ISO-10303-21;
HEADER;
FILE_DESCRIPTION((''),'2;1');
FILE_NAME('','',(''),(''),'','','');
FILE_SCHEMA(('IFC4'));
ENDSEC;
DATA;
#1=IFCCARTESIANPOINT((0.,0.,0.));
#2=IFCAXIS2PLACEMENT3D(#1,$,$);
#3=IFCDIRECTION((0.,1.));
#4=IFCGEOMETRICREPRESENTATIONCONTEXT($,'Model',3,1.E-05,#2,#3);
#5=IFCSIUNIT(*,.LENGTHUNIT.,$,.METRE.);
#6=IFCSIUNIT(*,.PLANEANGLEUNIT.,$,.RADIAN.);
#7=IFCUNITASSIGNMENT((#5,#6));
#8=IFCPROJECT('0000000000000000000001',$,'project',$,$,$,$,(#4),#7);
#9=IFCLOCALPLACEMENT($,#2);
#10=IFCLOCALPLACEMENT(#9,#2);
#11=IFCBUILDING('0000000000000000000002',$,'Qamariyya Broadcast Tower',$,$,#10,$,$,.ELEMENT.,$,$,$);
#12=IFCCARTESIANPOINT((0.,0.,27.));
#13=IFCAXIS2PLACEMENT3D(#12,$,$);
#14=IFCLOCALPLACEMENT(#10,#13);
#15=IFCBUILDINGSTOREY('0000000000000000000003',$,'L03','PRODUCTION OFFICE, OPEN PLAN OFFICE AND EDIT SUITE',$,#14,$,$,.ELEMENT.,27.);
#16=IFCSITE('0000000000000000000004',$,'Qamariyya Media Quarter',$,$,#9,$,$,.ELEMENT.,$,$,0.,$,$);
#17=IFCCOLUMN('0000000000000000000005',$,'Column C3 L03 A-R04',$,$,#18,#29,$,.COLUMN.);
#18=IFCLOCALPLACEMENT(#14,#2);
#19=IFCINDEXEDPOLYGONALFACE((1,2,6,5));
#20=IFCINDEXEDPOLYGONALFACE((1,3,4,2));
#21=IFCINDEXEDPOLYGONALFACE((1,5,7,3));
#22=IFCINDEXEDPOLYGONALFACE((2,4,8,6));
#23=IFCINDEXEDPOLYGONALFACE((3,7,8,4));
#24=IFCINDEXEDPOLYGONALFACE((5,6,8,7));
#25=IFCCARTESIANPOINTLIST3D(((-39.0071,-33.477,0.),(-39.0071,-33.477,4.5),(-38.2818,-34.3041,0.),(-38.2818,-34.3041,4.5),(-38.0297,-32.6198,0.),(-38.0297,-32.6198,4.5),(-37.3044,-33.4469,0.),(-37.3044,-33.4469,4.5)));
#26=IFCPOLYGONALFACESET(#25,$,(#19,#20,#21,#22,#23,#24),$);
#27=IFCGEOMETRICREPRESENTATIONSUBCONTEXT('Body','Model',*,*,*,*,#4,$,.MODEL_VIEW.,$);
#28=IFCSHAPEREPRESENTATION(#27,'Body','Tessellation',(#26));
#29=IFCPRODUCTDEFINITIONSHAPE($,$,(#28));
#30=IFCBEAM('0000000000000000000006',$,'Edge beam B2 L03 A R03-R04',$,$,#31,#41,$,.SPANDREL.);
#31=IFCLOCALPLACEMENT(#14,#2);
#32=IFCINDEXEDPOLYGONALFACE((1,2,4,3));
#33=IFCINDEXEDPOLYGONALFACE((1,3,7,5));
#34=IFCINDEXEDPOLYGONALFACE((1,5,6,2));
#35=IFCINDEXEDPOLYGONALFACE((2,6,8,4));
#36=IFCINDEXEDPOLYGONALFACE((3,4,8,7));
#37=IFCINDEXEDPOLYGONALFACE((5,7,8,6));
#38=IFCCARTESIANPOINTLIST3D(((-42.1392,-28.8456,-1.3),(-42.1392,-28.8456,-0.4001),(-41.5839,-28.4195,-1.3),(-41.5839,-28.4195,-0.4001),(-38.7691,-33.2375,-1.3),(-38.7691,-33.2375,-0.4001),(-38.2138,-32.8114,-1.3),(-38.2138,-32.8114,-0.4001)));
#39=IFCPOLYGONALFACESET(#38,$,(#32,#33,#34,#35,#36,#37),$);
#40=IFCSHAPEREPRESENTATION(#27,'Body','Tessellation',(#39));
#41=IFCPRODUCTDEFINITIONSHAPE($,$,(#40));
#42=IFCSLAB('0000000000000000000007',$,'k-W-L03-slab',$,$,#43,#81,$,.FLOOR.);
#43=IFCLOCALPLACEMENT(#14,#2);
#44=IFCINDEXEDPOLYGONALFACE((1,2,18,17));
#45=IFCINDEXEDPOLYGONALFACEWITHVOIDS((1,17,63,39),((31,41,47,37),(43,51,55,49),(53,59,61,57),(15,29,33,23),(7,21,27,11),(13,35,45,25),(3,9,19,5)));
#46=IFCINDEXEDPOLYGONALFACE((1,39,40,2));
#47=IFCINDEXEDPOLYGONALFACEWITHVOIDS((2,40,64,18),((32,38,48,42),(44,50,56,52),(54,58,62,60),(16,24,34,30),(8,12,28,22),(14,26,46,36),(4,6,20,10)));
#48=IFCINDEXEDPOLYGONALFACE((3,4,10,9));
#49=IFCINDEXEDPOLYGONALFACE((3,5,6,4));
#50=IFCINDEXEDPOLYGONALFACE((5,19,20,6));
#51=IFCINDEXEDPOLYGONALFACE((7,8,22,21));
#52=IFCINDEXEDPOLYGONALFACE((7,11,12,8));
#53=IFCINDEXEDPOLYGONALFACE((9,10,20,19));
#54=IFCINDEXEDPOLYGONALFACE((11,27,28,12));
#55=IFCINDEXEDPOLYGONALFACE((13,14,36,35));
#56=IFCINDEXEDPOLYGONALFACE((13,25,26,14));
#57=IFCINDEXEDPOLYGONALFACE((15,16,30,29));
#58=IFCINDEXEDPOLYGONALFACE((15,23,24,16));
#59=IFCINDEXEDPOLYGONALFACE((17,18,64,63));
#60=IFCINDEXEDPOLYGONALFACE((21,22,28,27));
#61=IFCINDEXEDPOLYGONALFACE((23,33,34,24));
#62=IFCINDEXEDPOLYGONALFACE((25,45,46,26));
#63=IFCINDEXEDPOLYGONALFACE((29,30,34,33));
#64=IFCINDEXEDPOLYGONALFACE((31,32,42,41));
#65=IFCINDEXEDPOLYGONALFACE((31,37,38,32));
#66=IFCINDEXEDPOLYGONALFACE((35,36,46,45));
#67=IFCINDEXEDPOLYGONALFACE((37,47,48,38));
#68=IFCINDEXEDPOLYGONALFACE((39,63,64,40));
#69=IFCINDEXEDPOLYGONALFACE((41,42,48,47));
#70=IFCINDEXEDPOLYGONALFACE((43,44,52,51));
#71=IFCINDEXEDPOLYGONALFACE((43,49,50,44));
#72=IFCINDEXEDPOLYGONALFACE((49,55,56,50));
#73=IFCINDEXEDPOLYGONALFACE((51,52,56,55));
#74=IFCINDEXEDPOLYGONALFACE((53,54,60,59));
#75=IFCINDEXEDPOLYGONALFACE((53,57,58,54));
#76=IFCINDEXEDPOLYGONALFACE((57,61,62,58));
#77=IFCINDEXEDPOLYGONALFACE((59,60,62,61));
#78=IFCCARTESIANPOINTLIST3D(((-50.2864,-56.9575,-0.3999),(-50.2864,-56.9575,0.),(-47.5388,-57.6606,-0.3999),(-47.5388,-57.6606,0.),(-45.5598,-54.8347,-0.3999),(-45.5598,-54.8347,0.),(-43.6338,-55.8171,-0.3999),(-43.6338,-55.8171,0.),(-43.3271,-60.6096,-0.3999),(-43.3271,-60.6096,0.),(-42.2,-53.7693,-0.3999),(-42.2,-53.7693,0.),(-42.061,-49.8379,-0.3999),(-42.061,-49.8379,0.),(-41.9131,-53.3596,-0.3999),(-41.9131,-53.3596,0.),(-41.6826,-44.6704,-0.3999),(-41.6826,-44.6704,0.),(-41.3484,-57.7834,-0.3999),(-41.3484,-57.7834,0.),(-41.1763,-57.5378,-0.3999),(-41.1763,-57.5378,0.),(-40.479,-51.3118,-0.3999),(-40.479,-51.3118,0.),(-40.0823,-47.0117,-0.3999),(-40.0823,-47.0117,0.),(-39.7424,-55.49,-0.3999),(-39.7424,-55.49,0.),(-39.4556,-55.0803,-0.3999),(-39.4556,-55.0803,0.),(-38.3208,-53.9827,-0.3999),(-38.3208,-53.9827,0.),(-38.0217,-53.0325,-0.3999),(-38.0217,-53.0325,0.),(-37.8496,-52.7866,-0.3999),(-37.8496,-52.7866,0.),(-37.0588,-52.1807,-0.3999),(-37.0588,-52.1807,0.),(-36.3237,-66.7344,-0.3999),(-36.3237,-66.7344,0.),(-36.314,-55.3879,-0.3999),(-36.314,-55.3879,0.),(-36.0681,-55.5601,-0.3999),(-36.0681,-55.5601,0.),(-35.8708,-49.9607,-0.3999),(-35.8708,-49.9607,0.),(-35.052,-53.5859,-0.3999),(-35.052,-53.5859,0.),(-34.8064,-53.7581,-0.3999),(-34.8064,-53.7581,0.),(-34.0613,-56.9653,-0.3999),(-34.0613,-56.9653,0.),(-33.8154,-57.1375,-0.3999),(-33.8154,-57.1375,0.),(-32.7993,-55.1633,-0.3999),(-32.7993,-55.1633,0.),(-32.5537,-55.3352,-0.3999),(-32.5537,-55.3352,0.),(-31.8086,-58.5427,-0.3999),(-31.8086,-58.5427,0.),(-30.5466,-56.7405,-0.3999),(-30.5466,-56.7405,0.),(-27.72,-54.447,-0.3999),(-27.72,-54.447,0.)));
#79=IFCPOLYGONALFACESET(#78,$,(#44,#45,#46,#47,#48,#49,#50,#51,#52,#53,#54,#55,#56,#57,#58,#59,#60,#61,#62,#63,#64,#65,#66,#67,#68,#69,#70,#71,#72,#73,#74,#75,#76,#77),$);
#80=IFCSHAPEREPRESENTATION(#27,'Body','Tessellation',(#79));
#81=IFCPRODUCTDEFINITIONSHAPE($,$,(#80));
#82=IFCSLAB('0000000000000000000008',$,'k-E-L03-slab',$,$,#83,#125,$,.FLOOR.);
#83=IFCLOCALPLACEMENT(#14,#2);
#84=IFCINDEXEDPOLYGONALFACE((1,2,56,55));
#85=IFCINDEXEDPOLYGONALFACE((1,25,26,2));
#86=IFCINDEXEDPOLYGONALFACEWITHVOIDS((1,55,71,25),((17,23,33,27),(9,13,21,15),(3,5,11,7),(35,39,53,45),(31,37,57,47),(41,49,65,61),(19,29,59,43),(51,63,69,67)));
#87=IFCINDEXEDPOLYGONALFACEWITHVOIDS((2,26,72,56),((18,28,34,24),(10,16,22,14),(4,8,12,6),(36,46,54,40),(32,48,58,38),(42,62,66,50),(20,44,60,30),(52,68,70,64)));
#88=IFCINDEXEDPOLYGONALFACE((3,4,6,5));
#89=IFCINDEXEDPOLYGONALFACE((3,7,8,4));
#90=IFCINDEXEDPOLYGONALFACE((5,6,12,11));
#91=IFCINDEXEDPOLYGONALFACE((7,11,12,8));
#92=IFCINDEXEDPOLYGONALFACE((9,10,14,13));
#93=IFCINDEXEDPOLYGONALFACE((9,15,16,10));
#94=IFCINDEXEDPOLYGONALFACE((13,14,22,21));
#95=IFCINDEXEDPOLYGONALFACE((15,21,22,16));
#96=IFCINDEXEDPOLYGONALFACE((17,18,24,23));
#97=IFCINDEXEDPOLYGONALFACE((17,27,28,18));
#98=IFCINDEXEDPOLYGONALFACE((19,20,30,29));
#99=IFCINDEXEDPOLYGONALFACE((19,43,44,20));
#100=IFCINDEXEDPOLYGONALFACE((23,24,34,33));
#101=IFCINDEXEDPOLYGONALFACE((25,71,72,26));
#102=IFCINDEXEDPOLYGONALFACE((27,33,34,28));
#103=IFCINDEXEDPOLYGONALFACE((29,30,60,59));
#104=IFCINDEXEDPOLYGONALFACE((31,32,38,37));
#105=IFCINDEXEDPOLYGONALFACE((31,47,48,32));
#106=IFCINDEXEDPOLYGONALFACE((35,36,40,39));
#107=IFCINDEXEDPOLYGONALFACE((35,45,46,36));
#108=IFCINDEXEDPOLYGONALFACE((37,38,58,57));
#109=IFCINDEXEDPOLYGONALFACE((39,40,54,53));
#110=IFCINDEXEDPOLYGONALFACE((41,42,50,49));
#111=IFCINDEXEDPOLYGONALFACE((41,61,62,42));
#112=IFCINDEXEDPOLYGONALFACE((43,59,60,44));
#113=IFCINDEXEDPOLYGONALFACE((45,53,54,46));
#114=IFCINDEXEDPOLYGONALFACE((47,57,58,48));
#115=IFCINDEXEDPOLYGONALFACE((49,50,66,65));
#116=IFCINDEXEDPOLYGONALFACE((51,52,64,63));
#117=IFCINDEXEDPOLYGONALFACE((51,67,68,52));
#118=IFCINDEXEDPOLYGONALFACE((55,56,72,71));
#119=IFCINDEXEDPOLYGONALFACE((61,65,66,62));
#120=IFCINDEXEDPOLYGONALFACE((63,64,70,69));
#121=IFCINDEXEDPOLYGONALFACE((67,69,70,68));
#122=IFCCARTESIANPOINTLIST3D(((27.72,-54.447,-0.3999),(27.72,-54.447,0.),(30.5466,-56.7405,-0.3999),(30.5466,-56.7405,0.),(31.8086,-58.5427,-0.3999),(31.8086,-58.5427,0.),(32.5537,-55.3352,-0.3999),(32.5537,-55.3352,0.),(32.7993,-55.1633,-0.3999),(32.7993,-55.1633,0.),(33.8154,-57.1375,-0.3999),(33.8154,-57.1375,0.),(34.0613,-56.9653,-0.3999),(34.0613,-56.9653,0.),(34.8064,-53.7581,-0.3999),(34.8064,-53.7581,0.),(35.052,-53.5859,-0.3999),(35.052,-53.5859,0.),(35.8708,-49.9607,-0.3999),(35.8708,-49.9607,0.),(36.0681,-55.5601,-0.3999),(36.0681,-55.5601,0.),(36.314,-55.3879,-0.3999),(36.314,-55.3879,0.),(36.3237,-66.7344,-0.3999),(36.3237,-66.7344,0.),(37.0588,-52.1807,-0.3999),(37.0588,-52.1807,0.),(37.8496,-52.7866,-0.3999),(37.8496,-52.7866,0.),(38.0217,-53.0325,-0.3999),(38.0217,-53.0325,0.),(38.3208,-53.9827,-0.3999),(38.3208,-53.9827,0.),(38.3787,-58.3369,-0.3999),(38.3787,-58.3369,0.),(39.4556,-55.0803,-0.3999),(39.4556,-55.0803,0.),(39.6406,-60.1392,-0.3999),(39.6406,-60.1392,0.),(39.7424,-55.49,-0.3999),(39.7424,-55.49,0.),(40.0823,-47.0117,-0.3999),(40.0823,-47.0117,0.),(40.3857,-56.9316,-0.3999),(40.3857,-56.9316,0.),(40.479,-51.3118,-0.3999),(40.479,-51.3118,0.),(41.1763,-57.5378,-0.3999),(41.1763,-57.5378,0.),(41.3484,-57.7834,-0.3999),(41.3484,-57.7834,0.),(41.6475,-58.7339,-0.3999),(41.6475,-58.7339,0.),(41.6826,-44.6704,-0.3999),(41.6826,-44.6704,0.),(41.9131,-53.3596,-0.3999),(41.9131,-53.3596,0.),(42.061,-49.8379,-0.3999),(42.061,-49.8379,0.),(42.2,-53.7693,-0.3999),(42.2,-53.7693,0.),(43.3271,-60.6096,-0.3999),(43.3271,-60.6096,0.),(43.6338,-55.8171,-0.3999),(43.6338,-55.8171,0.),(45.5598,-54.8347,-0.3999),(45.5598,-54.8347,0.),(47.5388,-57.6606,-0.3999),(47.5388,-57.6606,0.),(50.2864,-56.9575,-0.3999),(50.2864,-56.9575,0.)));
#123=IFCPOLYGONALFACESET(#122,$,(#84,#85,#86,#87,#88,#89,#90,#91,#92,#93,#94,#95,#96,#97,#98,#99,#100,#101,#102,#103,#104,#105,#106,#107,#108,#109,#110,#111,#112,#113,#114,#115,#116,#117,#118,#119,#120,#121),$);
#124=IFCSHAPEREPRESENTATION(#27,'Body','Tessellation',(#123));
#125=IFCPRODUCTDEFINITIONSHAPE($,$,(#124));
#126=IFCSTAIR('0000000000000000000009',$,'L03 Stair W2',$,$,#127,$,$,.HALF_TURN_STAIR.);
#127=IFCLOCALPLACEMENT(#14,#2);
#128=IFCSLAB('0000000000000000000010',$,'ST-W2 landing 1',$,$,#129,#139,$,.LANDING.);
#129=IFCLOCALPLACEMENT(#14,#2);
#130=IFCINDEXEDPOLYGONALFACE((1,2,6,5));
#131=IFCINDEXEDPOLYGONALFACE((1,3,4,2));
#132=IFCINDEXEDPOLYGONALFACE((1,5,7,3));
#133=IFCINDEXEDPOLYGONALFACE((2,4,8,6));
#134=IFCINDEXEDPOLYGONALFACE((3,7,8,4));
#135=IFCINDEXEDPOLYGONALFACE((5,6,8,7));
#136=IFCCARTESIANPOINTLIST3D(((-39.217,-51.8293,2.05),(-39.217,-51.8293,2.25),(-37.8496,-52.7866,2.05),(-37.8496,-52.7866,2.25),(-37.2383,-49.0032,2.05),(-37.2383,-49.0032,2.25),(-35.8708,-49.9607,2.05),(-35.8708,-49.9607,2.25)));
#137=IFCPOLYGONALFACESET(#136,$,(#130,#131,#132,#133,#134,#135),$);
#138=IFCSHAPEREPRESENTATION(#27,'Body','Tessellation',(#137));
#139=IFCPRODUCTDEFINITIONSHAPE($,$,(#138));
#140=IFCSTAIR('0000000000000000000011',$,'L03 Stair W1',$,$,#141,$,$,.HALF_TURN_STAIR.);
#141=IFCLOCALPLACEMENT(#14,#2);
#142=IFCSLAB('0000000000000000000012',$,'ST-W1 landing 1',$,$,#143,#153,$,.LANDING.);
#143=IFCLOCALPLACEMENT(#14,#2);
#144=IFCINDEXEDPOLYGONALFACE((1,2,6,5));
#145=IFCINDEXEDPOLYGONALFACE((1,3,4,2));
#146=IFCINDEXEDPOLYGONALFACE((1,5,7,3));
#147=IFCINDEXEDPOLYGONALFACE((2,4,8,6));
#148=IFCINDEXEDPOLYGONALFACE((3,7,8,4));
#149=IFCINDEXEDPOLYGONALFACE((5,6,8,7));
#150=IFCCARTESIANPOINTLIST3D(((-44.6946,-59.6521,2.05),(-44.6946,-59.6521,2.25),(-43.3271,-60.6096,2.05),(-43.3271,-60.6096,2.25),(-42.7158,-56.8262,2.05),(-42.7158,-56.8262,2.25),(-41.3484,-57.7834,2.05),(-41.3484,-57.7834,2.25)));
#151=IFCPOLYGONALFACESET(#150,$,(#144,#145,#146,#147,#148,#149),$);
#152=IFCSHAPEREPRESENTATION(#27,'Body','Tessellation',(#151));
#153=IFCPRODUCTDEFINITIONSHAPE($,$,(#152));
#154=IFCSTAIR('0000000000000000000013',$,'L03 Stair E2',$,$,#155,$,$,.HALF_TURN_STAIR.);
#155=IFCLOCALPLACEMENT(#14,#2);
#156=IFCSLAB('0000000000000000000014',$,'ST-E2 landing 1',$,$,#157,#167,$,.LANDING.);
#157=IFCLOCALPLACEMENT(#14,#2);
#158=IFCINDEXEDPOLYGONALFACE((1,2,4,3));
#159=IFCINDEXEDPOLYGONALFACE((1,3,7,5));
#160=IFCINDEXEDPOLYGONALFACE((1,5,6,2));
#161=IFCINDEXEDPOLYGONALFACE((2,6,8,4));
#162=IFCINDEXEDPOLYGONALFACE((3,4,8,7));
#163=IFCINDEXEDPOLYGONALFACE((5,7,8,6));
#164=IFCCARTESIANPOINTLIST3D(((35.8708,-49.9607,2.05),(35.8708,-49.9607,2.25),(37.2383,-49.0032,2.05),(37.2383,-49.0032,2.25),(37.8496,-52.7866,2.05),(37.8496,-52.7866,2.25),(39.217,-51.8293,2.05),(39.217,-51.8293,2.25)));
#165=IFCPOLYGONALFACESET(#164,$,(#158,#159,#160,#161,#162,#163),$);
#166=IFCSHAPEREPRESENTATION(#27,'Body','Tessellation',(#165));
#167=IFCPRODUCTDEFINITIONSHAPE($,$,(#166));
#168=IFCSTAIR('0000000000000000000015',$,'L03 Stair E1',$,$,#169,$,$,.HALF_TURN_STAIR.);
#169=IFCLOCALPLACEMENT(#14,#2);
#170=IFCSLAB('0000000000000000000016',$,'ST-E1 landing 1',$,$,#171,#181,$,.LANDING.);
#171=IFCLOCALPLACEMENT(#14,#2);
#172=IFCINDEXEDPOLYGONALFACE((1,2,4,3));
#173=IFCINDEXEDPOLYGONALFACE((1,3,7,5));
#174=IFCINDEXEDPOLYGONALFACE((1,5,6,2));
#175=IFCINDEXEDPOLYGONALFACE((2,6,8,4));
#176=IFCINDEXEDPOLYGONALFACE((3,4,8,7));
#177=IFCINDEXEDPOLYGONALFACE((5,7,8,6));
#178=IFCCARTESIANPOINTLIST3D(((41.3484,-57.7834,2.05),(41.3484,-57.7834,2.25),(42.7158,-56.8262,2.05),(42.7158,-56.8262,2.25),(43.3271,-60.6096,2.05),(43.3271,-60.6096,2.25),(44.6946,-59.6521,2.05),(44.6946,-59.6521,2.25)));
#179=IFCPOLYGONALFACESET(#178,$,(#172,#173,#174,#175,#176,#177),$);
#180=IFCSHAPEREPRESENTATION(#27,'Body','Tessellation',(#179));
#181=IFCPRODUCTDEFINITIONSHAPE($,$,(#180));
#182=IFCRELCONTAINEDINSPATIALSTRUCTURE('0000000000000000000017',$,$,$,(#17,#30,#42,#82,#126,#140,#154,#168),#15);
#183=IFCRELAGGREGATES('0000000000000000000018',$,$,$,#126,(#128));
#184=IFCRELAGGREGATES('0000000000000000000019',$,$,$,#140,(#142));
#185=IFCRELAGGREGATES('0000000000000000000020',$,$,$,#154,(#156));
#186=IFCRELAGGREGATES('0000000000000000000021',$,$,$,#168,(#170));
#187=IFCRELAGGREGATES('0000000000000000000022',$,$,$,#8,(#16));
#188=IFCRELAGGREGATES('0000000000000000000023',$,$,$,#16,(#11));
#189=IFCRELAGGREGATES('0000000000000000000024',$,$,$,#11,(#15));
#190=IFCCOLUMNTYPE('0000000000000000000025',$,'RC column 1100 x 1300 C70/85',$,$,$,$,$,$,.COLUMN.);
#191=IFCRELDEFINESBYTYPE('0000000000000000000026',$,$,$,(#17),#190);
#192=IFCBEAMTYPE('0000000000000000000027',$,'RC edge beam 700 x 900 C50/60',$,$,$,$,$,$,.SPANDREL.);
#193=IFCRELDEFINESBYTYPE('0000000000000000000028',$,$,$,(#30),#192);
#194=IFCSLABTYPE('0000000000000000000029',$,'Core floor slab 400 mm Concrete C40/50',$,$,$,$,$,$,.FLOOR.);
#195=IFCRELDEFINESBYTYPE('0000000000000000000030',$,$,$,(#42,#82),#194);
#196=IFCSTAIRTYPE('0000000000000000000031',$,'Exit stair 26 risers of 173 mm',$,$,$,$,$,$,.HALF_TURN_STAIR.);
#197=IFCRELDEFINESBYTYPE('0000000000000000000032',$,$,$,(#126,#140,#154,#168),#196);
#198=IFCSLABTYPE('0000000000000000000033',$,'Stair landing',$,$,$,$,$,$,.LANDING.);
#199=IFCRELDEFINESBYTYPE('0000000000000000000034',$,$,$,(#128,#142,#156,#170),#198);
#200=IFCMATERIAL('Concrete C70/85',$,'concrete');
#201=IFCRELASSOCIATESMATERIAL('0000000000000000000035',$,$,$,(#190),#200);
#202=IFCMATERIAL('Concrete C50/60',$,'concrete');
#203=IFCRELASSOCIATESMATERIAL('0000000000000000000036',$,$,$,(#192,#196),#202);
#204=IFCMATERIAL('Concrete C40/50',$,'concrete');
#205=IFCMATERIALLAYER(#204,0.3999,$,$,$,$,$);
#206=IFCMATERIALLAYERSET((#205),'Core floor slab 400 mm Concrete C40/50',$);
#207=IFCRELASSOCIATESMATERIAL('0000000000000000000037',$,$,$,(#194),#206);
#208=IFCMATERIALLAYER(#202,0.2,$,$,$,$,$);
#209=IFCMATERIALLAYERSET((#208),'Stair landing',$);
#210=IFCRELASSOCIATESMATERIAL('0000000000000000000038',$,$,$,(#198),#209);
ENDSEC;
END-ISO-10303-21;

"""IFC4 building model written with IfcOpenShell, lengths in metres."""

from ifc_helpers import new_model, si_unit, direction, frame, origin, origin_2d, place, context, subcontext, project, spatial, polyline, rectangle, outline, extrude, material, layer, layer_set, material_profile, profile_set, type_object, element, aggregate, save


model = new_model("IFC4")

# Units and contexts
model_context = context("Model", 3, precision=1e-05, world=origin(), true_north=direction((0.0, 1.0)))
body_context = subcontext(model_context, "Body", "Model", "MODEL_VIEW")
ifc_project = project(units=[si_unit("LENGTHUNIT", "METRE"), si_unit("PLANEANGLEUNIT", "RADIAN")], contexts=[model_context])

# Site, building, storey
site_placement = place(None, origin())
site = spatial("IfcSite", under=ifc_project, at=site_placement, Name="Qamariyya Media Quarter", CompositionType="ELEMENT", RefElevation=0.0)
building_placement = place(site_placement, origin())
building = spatial("IfcBuilding", under=site, at=building_placement, Name="Qamariyya Broadcast Tower", CompositionType="ELEMENT")
storey_placement = place(building_placement, frame((0.0, 0.0, 27.0)))
storey = spatial("IfcBuildingStorey", under=building, at=storey_placement, Name="L03", Description="PRODUCTION OFFICE, OPEN PLAN OFFICE AND EDIT SUITE", CompositionType="ELEMENT", Elevation=27.0)

# Column
ifc_material_1 = material(Name="Concrete C70/85", Category="concrete")
ifc_material_profile_1 = material_profile(ifc_material_1, rectangle(XDim=1.1001, YDim=1.3, at=origin_2d()))
ifc_profile_set_1 = profile_set([ifc_material_profile_1], Name="Concrete C70/85")
column_type = type_object("IfcColumnType", Name="RC column 1100 x 1300 C70/85", PredefinedType="COLUMN", material=ifc_profile_set_1)
column_placement = place(storey_placement, frame((-38.1558, -33.4619, 0.0), z_axis=(0.0, 0.0, 1.0), x_axis=(0.659346, -0.75184, 0.0)))
element("IfcColumn", 1, at=column_placement, inside=storey, type_object=column_type, Name="Column C3 L03 A-R04", PredefinedType="COLUMN", context=body_context, shape_type="SweptSolid", body=[
    extrude(rectangle(XDim=1.1001, YDim=1.3, at=origin_2d()), origin(), (0.0, 0.0, 1.0), 4.5),
])

# Beam
ifc_material_2 = material(Name="Concrete C50/60", Category="concrete")
ifc_material_profile_2 = material_profile(ifc_material_2, rectangle(XDim=0.7, YDim=0.8999, at=origin_2d()))
ifc_profile_set_2 = profile_set([ifc_material_profile_2], Name="Concrete C50/60")
beam_type = type_object("IfcBeamType", Name="RC edge beam 700 x 900 C50/60", PredefinedType="SPANDREL", material=ifc_profile_set_2)
beam_placement = place(storey_placement, frame((-41.8616, -28.6326, -0.8501), z_axis=(0.608777, -0.793342, 0.0), x_axis=(0.793342, 0.608777, 0.0)))
element("IfcBeam", 2, at=beam_placement, inside=storey, type_object=beam_type, Name="Edge beam B2 L03 A R03-R04", PredefinedType="SPANDREL", context=body_context, shape_type="SweptSolid", body=[
    extrude(rectangle(XDim=0.7, YDim=0.8999, at=origin_2d()), origin(), (0.0, 0.0, 1.0), 5.5359),
])

# Slabs
ifc_material_3 = material(Name="Concrete C40/50", Category="concrete")
ifc_layer_1 = layer(ifc_material_3, 0.3999)
ifc_layer_set_1 = layer_set([ifc_layer_1], Name="Core floor slab 400 mm Concrete C40/50")
slab_type_1 = type_object("IfcSlabType", Name="Core floor slab 400 mm Concrete C40/50", PredefinedType="FLOOR", material=ifc_layer_set_1)
slab_1_placement = place(storey_placement, frame((0.0, 0.0, -0.3999)))
element("IfcSlab", 3, at=slab_1_placement, inside=storey, type_object=slab_type_1, Name="k-W-L03-slab", PredefinedType="FLOOR", context=body_context, shape_type="SweptSolid", body=[
    extrude(outline(polyline([(-50.2864, -56.9575), (-36.3237, -66.7344), (-27.72, -54.447), (-41.6826, -44.6704), (-50.2864, -56.9575)]), holes=[polyline([(-31.8086, -58.5427), (-33.8154, -57.1375), (-32.5537, -55.3352), (-30.5466, -56.7405), (-31.8086, -58.5427)]), polyline([(-34.0613, -56.9653), (-36.0681, -55.5601), (-34.8064, -53.7581), (-32.7993, -55.1633), (-34.0613, -56.9653)]), polyline([(-36.314, -55.3879), (-38.3208, -53.9827), (-37.0588, -52.1807), (-35.052, -53.5859), (-36.314, -55.3879)]), polyline([(-39.7424, -55.49), (-42.2, -53.7693), (-43.6338, -55.8171), (-41.1763, -57.5378), (-39.7424, -55.49)]), polyline([(-39.4556, -55.0803), (-41.9131, -53.3596), (-40.479, -51.3118), (-38.0217, -53.0325), (-39.4556, -55.0803)]), polyline([(-42.061, -49.8379), (-37.8496, -52.7866), (-35.8708, -49.9607), (-40.0823, -47.0117), (-42.061, -49.8379)]), polyline([(-47.5388, -57.6606), (-43.3271, -60.6096), (-41.3484, -57.7834), (-45.5598, -54.8347), (-47.5388, -57.6606)])]), origin(), (0.0, 0.0, 1.0), 0.3999),
])
slab_2_placement = place(storey_placement, frame((0.0, 0.0, -0.3999)))
element("IfcSlab", 4, at=slab_2_placement, inside=storey, type_object=slab_type_1, Name="k-E-L03-slab", PredefinedType="FLOOR", context=body_context, shape_type="SweptSolid", body=[
    extrude(outline(polyline([(36.3237, -66.7344), (50.2864, -56.9575), (41.6826, -44.6704), (27.72, -54.447), (36.3237, -66.7344)]), holes=[polyline([(31.8086, -58.5427), (33.8154, -57.1375), (32.5537, -55.3352), (30.5466, -56.7405), (31.8086, -58.5427)]), polyline([(34.0613, -56.9653), (36.0681, -55.5601), (34.8064, -53.7581), (32.7993, -55.1633), (34.0613, -56.9653)]), polyline([(36.314, -55.3879), (38.3208, -53.9827), (37.0588, -52.1807), (35.052, -53.5859), (36.314, -55.3879)]), polyline([(38.3787, -58.3369), (40.3857, -56.9316), (41.6475, -58.7339), (39.6406, -60.1392), (38.3787, -58.3369)]), polyline([(39.7424, -55.49), (42.2, -53.7693), (43.6338, -55.8171), (41.1763, -57.5378), (39.7424, -55.49)]), polyline([(39.4556, -55.0803), (41.9131, -53.3596), (40.479, -51.3118), (38.0217, -53.0325), (39.4556, -55.0803)]), polyline([(40.0823, -47.0117), (35.8708, -49.9607), (37.8496, -52.7866), (42.061, -49.8379), (40.0823, -47.0117)]), polyline([(45.5598, -54.8347), (41.3484, -57.7834), (43.3271, -60.6096), (47.5388, -57.6606), (45.5598, -54.8347)])]), origin(), (0.0, 0.0, 1.0), 0.3999),
])

# Stairs, slabs
stair_type = type_object("IfcStairType", Name="Exit stair 26 risers of 173 mm", PredefinedType="HALF_TURN_STAIR", material=ifc_material_2)
stair_1_placement = place(storey_placement, origin())
stair_1 = element("IfcStair", 5, at=stair_1_placement, inside=storey, type_object=stair_type, Name="L03 Stair W2", PredefinedType="HALF_TURN_STAIR")
ifc_layer_2 = layer(ifc_material_2, 0.2)
ifc_layer_set_2 = layer_set([ifc_layer_2], Name="Stair landing")
slab_type_2 = type_object("IfcSlabType", Name="Stair landing", PredefinedType="LANDING", material=ifc_layer_set_2)
slab_3_placement = place(storey_placement, frame((0.0, 0.0, 2.05)))
slab_3 = element("IfcSlab", 6, at=slab_3_placement, type_object=slab_type_2, Name="ST-W2 landing 1", PredefinedType="LANDING", context=body_context, shape_type="SweptSolid", body=[
    extrude(outline(polyline([(-39.217, -51.8293), (-37.8496, -52.7866), (-35.8708, -49.9607), (-37.2383, -49.0032), (-39.217, -51.8293)])), origin(), (0.0, 0.0, 1.0), 0.2),
])
aggregate(stair_1, [slab_3])
stair_2_placement = place(storey_placement, origin())
stair_2 = element("IfcStair", 7, at=stair_2_placement, inside=storey, type_object=stair_type, Name="L03 Stair W1", PredefinedType="HALF_TURN_STAIR")
slab_4_placement = place(storey_placement, frame((0.0, 0.0, 2.05)))
slab_4 = element("IfcSlab", 8, at=slab_4_placement, type_object=slab_type_2, Name="ST-W1 landing 1", PredefinedType="LANDING", context=body_context, shape_type="SweptSolid", body=[
    extrude(outline(polyline([(-44.6946, -59.6521), (-43.3271, -60.6096), (-41.3484, -57.7834), (-42.7158, -56.8262), (-44.6946, -59.6521)])), origin(), (0.0, 0.0, 1.0), 0.2),
])
aggregate(stair_2, [slab_4])
stair_3_placement = place(storey_placement, origin())
stair_3 = element("IfcStair", 9, at=stair_3_placement, inside=storey, type_object=stair_type, Name="L03 Stair E2", PredefinedType="HALF_TURN_STAIR")
slab_5_placement = place(storey_placement, frame((0.0, 0.0, 2.05)))
slab_5 = element("IfcSlab", 10, at=slab_5_placement, type_object=slab_type_2, Name="ST-E2 landing 1", PredefinedType="LANDING", context=body_context, shape_type="SweptSolid", body=[
    extrude(outline(polyline([(37.2383, -49.0032), (35.8708, -49.9607), (37.8496, -52.7866), (39.217, -51.8293), (37.2383, -49.0032)])), origin(), (0.0, 0.0, 1.0), 0.2),
])
aggregate(stair_3, [slab_5])
stair_4_placement = place(storey_placement, origin())
stair_4 = element("IfcStair", 11, at=stair_4_placement, inside=storey, type_object=stair_type, Name="L03 Stair E1", PredefinedType="HALF_TURN_STAIR")
slab_6_placement = place(storey_placement, frame((0.0, 0.0, 2.05)))
slab_6 = element("IfcSlab", 12, at=slab_6_placement, type_object=slab_type_2, Name="ST-E1 landing 1", PredefinedType="LANDING", context=body_context, shape_type="SweptSolid", body=[
    extrude(outline(polyline([(42.7158, -56.8262), (41.3484, -57.7834), (43.3271, -60.6096), (44.6946, -59.6521), (42.7158, -56.8262)])), origin(), (0.0, 0.0, 1.0), 0.2),
])
aggregate(stair_4, [slab_6])

save(model, "model.ifc")
